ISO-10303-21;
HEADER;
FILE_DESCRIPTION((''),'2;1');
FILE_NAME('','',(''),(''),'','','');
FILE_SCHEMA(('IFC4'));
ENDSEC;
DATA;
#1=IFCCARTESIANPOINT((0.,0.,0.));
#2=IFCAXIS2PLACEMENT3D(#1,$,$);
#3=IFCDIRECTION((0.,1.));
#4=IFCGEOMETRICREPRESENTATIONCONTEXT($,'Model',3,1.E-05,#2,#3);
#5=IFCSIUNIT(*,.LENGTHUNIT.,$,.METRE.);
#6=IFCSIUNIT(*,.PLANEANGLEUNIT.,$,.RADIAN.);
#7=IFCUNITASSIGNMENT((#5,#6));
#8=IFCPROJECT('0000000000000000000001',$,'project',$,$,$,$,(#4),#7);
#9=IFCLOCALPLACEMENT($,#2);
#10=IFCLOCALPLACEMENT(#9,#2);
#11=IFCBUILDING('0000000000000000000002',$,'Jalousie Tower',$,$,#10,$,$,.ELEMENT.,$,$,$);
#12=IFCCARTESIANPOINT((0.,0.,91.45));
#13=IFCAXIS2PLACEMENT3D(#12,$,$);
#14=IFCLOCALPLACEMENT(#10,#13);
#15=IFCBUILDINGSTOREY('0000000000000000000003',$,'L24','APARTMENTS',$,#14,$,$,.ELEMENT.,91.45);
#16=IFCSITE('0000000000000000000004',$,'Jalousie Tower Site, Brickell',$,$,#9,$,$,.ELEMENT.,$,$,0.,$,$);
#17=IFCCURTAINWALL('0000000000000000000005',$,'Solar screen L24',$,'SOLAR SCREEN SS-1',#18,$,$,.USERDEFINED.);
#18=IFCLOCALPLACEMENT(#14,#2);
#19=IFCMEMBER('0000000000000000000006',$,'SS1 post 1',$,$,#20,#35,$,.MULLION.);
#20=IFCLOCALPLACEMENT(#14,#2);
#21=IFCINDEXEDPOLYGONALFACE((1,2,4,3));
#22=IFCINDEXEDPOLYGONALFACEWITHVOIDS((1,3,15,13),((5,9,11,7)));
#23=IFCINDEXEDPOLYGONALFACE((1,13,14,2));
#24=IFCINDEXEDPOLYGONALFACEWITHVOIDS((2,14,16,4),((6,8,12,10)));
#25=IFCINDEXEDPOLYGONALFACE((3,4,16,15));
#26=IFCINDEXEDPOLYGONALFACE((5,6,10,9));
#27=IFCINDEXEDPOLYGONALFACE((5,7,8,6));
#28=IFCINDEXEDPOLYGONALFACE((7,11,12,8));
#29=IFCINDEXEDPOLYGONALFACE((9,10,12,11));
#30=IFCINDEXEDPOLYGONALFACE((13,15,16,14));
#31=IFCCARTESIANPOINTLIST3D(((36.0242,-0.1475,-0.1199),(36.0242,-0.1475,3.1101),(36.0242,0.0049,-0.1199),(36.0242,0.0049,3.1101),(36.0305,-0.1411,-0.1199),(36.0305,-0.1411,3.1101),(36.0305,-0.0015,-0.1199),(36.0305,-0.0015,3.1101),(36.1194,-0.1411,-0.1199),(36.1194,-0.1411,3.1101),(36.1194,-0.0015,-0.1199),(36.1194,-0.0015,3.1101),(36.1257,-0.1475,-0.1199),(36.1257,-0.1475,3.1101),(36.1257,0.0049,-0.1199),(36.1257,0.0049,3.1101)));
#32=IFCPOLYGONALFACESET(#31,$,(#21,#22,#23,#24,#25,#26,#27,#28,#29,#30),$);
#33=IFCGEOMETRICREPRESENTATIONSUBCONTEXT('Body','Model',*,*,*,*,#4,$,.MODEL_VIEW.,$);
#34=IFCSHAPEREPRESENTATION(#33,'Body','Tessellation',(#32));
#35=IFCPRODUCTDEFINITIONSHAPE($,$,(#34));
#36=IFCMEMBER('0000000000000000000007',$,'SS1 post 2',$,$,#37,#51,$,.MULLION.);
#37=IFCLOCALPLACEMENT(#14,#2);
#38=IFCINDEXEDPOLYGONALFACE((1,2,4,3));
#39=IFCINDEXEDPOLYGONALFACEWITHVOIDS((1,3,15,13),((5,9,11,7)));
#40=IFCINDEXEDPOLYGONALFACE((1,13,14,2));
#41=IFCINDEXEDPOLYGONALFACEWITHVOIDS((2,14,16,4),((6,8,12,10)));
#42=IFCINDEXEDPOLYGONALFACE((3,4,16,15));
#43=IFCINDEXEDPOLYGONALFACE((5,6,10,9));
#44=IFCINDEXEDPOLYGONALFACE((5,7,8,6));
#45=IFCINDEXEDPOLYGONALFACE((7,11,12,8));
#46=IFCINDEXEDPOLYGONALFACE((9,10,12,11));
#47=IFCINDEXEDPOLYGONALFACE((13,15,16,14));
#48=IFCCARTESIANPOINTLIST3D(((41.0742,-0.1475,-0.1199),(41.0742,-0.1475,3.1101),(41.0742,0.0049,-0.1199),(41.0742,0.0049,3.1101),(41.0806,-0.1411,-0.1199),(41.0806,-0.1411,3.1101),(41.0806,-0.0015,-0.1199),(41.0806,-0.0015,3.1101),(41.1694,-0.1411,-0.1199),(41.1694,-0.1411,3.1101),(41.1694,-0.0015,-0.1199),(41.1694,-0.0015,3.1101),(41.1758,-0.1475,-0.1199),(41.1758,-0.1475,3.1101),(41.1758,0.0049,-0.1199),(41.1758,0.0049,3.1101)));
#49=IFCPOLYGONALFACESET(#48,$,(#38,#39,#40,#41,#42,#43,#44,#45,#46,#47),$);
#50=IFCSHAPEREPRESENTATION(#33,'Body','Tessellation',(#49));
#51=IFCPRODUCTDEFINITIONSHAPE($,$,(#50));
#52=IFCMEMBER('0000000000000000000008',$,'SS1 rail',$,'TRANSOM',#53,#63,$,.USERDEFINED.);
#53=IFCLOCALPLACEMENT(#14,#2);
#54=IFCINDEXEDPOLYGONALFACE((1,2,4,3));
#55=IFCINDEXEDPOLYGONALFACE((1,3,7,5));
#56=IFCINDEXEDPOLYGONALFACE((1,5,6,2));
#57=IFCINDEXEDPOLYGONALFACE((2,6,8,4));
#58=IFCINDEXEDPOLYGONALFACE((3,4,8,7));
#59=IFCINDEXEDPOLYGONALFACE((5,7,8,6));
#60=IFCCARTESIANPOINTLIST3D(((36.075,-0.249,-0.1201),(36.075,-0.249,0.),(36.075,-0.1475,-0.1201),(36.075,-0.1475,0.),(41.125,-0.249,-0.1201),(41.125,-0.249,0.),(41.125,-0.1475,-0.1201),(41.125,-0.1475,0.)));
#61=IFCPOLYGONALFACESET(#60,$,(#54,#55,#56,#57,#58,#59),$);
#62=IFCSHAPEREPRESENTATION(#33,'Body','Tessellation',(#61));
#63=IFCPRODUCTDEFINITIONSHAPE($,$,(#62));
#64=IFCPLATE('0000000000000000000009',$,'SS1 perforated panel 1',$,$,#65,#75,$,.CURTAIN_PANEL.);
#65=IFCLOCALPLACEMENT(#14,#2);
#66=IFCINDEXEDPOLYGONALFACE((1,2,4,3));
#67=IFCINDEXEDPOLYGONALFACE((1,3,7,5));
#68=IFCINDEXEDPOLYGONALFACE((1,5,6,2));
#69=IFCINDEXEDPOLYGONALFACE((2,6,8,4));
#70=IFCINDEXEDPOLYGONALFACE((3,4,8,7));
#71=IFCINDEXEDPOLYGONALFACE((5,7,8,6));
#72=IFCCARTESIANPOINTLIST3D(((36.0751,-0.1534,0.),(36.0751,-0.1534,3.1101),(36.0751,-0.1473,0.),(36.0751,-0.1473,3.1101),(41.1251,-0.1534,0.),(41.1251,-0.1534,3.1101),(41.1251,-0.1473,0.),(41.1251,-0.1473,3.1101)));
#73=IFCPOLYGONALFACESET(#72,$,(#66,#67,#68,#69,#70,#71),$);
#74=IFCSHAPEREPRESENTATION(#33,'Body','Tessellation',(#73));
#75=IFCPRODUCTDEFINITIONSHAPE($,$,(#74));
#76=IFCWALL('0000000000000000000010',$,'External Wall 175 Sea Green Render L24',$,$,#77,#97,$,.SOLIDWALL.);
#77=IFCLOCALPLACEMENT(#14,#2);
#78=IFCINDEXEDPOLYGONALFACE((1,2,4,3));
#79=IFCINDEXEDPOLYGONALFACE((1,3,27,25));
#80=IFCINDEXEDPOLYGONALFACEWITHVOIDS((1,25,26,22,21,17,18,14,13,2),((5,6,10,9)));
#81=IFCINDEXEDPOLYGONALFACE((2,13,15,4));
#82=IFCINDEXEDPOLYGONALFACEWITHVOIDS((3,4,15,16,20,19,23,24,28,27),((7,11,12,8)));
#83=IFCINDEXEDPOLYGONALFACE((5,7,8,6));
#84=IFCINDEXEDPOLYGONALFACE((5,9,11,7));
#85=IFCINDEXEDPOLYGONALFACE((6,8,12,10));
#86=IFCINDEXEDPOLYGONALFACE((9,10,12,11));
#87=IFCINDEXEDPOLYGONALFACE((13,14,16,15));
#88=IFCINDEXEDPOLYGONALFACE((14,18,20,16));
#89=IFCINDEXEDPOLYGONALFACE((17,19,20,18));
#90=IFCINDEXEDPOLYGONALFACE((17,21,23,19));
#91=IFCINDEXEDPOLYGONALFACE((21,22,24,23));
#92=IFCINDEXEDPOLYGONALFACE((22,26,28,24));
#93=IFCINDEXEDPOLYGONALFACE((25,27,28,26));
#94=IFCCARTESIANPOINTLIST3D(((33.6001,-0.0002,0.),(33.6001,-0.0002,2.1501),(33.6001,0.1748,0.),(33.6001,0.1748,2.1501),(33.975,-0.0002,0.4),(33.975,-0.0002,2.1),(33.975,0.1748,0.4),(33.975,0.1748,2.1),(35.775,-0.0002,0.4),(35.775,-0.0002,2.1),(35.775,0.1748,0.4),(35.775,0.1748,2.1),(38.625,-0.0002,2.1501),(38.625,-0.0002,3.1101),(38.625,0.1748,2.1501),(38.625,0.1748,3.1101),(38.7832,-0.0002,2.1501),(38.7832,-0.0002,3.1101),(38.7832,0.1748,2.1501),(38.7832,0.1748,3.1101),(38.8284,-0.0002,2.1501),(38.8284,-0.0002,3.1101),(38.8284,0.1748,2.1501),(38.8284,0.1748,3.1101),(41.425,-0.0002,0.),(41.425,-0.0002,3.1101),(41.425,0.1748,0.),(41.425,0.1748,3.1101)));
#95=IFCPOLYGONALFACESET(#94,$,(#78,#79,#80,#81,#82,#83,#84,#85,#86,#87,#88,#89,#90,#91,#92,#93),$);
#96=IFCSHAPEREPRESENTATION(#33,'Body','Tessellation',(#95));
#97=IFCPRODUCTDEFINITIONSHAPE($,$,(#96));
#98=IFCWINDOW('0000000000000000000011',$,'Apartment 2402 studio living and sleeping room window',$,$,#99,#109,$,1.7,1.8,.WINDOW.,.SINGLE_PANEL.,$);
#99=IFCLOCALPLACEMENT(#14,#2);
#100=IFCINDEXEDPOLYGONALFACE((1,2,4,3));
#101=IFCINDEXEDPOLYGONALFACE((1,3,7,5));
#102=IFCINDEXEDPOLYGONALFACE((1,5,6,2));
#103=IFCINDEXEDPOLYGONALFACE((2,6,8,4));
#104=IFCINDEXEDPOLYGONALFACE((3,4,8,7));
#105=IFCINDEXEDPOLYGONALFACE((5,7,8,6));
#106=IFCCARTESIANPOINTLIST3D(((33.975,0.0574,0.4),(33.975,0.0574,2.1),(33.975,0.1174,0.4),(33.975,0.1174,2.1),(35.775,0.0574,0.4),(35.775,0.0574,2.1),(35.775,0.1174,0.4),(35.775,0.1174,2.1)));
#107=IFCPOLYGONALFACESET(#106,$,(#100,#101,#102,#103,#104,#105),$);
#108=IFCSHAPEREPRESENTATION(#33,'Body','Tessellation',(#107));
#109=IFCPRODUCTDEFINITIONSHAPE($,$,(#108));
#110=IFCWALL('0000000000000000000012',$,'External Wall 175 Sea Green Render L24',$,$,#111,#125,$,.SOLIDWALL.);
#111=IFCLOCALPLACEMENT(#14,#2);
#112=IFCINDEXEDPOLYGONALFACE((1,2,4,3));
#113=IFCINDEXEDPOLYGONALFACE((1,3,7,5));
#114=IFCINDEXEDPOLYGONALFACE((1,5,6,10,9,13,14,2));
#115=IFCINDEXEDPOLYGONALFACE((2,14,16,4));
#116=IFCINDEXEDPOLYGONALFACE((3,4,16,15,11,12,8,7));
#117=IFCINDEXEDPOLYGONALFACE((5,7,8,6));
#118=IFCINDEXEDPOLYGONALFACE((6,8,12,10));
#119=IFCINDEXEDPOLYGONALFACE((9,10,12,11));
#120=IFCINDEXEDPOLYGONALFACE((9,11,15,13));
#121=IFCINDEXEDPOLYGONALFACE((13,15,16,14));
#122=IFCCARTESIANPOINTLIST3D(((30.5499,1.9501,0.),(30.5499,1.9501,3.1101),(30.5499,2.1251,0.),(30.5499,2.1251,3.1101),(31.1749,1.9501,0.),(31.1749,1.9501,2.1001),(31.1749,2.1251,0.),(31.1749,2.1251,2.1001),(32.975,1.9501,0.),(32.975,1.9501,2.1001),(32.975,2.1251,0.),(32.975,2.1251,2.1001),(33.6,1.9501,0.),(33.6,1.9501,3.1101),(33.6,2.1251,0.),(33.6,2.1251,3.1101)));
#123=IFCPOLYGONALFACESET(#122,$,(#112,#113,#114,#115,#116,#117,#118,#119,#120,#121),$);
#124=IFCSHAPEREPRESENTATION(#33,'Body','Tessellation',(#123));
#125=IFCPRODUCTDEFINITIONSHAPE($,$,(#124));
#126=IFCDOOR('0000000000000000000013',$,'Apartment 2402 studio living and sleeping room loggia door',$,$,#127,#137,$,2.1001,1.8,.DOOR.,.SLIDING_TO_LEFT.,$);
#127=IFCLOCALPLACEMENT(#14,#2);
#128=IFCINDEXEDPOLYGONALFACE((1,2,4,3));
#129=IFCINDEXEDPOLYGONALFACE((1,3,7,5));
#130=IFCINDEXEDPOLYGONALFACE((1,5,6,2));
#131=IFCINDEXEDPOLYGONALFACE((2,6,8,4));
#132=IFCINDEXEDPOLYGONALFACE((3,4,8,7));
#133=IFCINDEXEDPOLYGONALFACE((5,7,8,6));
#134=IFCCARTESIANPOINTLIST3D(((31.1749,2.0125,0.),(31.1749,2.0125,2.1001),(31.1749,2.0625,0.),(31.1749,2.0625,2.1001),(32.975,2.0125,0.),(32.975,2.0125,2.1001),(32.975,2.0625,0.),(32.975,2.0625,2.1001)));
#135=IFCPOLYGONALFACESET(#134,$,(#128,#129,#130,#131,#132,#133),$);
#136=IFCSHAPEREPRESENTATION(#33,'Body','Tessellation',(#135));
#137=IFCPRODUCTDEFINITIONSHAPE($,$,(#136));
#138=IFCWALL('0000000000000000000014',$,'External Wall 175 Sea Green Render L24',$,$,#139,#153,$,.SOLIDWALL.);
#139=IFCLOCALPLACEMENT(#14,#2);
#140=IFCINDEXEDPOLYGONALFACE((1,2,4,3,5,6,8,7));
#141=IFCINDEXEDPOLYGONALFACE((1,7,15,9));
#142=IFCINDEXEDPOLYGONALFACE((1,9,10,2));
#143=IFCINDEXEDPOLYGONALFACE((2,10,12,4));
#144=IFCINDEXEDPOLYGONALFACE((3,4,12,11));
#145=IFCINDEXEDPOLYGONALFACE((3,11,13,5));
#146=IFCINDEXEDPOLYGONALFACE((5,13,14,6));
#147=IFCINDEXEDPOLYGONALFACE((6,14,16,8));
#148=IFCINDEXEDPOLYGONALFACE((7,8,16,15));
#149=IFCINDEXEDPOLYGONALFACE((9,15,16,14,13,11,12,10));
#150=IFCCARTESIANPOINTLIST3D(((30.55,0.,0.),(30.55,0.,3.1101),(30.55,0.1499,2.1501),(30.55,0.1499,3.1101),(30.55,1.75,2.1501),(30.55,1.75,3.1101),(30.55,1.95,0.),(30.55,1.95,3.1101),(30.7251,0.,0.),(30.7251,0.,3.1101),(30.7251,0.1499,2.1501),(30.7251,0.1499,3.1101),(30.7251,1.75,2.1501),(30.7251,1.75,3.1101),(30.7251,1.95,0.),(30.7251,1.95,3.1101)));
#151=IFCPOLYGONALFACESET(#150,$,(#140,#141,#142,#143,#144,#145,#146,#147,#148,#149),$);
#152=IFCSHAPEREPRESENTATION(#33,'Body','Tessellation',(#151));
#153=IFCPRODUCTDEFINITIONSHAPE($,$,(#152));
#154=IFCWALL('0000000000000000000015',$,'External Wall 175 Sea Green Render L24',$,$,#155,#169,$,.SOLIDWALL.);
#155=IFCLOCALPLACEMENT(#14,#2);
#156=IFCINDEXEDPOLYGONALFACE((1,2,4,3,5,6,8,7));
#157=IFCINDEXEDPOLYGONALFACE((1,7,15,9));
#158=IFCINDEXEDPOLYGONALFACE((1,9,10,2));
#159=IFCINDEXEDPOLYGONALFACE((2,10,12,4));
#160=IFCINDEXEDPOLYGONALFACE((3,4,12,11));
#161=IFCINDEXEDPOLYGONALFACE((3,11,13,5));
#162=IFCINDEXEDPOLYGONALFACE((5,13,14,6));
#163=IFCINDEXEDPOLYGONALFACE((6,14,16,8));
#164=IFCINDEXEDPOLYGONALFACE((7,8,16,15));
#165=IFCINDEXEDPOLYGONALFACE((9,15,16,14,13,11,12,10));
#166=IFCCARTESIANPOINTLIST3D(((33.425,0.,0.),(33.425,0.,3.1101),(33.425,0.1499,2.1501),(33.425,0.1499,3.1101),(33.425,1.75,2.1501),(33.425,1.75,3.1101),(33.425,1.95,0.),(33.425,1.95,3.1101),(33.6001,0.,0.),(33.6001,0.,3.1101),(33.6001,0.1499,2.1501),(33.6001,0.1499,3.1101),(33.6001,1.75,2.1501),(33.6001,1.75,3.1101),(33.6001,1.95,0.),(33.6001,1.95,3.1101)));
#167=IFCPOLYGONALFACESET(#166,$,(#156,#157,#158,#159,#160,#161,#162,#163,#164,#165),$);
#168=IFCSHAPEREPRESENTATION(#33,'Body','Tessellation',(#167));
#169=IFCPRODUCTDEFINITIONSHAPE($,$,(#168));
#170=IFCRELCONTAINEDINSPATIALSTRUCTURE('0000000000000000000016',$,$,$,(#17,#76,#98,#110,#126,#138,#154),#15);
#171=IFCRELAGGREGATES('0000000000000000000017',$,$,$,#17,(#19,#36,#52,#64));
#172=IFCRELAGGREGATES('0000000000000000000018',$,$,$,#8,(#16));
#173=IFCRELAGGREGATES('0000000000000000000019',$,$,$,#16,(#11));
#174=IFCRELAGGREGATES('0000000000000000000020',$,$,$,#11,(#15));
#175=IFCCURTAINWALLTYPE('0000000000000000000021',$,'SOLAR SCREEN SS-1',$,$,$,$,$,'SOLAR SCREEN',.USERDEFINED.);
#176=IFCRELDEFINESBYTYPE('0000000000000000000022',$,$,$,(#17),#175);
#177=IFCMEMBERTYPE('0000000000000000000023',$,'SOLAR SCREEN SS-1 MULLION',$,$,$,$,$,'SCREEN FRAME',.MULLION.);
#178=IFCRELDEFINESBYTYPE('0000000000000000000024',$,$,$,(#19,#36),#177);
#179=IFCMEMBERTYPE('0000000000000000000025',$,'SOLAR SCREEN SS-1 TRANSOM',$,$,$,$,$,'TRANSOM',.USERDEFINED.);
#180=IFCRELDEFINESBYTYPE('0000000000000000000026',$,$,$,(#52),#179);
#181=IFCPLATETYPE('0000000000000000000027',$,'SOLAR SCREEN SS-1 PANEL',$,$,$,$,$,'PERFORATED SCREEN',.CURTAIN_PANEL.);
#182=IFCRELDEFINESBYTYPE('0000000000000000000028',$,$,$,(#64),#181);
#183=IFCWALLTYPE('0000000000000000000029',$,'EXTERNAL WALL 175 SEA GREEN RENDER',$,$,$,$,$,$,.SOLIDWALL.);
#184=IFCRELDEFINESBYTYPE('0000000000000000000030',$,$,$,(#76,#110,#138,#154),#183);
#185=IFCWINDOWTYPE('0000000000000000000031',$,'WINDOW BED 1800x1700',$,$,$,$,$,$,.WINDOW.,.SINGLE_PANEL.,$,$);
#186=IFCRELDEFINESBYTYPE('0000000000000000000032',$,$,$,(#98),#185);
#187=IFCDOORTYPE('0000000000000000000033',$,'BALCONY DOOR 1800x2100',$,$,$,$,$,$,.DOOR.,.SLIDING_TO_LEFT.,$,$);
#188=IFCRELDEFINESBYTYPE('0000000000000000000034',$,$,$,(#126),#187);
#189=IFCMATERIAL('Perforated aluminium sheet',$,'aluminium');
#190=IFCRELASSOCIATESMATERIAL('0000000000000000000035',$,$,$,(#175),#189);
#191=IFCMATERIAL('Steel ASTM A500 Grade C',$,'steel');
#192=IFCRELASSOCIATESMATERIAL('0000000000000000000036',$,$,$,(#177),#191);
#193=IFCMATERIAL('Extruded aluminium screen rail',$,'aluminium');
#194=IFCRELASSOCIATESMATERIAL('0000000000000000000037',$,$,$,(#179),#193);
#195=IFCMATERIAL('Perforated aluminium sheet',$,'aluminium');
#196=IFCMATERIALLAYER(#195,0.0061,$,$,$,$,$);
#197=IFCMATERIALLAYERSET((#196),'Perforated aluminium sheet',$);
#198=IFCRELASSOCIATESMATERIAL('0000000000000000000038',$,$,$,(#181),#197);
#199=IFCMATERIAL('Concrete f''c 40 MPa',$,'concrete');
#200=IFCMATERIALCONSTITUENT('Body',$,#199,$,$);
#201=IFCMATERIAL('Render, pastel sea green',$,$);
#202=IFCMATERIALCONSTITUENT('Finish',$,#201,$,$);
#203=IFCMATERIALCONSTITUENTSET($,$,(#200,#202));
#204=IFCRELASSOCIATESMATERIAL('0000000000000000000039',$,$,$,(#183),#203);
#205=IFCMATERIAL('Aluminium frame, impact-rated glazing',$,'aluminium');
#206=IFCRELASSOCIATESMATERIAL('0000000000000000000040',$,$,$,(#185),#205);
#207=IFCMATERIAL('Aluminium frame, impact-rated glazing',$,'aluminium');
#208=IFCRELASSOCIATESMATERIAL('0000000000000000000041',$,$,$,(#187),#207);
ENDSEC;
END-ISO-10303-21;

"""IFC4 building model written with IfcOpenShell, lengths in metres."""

from ifc_helpers import new_model, si_unit, direction, frame, frame_2d, origin, origin_2d, place, context, subcontext, project, spatial, polyline, rectangle, hollow_rectangle, outline, extrude, material, layer, layer_set, constituent, constituent_set, material_profile, profile_set, type_object, element, fill, aggregate, save


model = new_model("IFC4")

# Units and contexts
model_context = context("Model", 3, precision=1e-05, world=origin(), true_north=direction((0.0, 1.0)))
body_context = subcontext(model_context, "Body", "Model", "MODEL_VIEW")
ifc_project = project(units=[si_unit("LENGTHUNIT", "METRE"), si_unit("PLANEANGLEUNIT", "RADIAN")], contexts=[model_context])

# Site, building, storey
site_placement = place(None, origin())
site = spatial("IfcSite", under=ifc_project, at=site_placement, Name="Jalousie Tower Site, Brickell", CompositionType="ELEMENT", RefElevation=0.0)
building_placement = place(site_placement, origin())
building = spatial("IfcBuilding", under=site, at=building_placement, Name="Jalousie Tower", CompositionType="ELEMENT")
storey_placement = place(building_placement, frame((0.0, 0.0, 91.45)))
storey = spatial("IfcBuildingStorey", under=building, at=storey_placement, Name="L24", Description="APARTMENTS", CompositionType="ELEMENT", Elevation=91.45)

# Shared definitions
ifc_material_1 = material(Name="Perforated aluminium sheet", Category="aluminium")
curtain_wall_type = type_object("IfcCurtainWallType", Name="SOLAR SCREEN SS-1", ElementType="SOLAR SCREEN", PredefinedType="USERDEFINED", material=ifc_material_1)
ifc_material_2 = material(Name="Steel ASTM A500 Grade C", Category="steel")
ifc_material_profile_1 = material_profile(ifc_material_2, hollow_rectangle(XDim=0.1016, YDim=0.1523, WallThickness=0.0063, at=origin_2d()), Name="HSS6X4X1/4")
ifc_profile_set_1 = profile_set([ifc_material_profile_1], Name="Steel ASTM A500 Grade C")
member_type_1 = type_object("IfcMemberType", Name="SOLAR SCREEN SS-1 MULLION", ElementType="SCREEN FRAME", PredefinedType="MULLION", material=ifc_profile_set_1)

# Curtain wall, members, plate
curtain_wall_1_placement = place(storey_placement, origin())
curtain_wall_1 = element("IfcCurtainWall", 1, at=curtain_wall_1_placement, inside=storey, type_object=curtain_wall_type, Name="Solar screen L24", ObjectType="SOLAR SCREEN SS-1", PredefinedType="USERDEFINED")
member_1_placement = place(storey_placement, frame((36.075, -0.0713, -0.1199), z_axis=(0.0, 0.0, 1.0), x_axis=(1.0, 0.0, 0.0)))
member_1 = element("IfcMember", 2, at=member_1_placement, type_object=member_type_1, Name="SS1 post 1", PredefinedType="MULLION", context=body_context, shape_type="SweptSolid", body=[
    extrude(hollow_rectangle(XDim=0.1016, YDim=0.1523, WallThickness=0.0063, at=origin_2d()), origin(), (0.0, 0.0, 1.0), 3.23),
])
member_2_placement = place(storey_placement, frame((41.125, -0.0713, -0.1199), z_axis=(0.0, 0.0, 1.0), x_axis=(1.0, 0.0, 0.0)))
member_2 = element("IfcMember", 3, at=member_2_placement, type_object=member_type_1, Name="SS1 post 2", PredefinedType="MULLION", context=body_context, shape_type="SweptSolid", body=[
    extrude(hollow_rectangle(XDim=0.1016, YDim=0.1523, WallThickness=0.0063, at=origin_2d()), origin(), (0.0, 0.0, 1.0), 3.23),
])
ifc_material_3 = material(Name="Extruded aluminium screen rail", Category="aluminium")
ifc_material_profile_2 = material_profile(ifc_material_3, rectangle(XDim=0.1016, YDim=0.1201, at=origin_2d()), Name="RAIL 102x120")
ifc_profile_set_2 = profile_set([ifc_material_profile_2], Name="Extruded aluminium screen rail")
member_type_2 = type_object("IfcMemberType", Name="SOLAR SCREEN SS-1 TRANSOM", ElementType="TRANSOM", PredefinedType="USERDEFINED", material=ifc_profile_set_2)
member_3_placement = place(storey_placement, frame((36.075, -0.1982, -0.0601), z_axis=(1.0, 0.0, 0.0), x_axis=(0.0, 1.0, 0.0)))
member_3 = element("IfcMember", 4, at=member_3_placement, type_object=member_type_2, Name="SS1 rail", ObjectType="TRANSOM", PredefinedType="USERDEFINED", context=body_context, shape_type="SweptSolid", body=[
    extrude(rectangle(XDim=0.1016, YDim=0.1201, at=origin_2d()), origin(), (0.0, 0.0, 1.0), 5.05),
])
ifc_material_4 = material(Name="Perforated aluminium sheet", Category="aluminium")
ifc_layer_1 = layer(ifc_material_4, 0.0061)
ifc_layer_set_1 = layer_set([ifc_layer_1], Name="Perforated aluminium sheet")
plate_type = type_object("IfcPlateType", Name="SOLAR SCREEN SS-1 PANEL", ElementType="PERFORATED SCREEN", PredefinedType="CURTAIN_PANEL", material=ifc_layer_set_1)
plate_placement = place(storey_placement, frame((38.6001, -0.1504, 0.0), z_axis=(0.0, 0.0, 1.0), x_axis=(1.0, 0.0, 0.0)))
plate = element("IfcPlate", 5, at=plate_placement, type_object=plate_type, Name="SS1 perforated panel 1", PredefinedType="CURTAIN_PANEL", context=body_context, shape_type="SweptSolid", body=[
    extrude(rectangle(XDim=5.05, YDim=0.0061, at=origin_2d()), origin(), (0.0, 0.0, 1.0), 3.1101),
])
aggregate(curtain_wall_1, [member_1, member_2, member_3, plate])

# Wall, opening, window
ifc_material_5 = material(Name="Concrete f'c 40 MPa", Category="concrete")
ifc_constituent_1 = constituent(ifc_material_5, Name="Body")
ifc_material_6 = material(Name="Render, pastel sea green")
ifc_constituent_2 = constituent(ifc_material_6, Name="Finish")
ifc_constituent_set_1 = constituent_set(constituents=[ifc_constituent_1, ifc_constituent_2])
wall_type_1 = type_object("IfcWallType", Name="EXTERNAL WALL 175 SEA GREEN RENDER", PredefinedType="SOLIDWALL", material=ifc_constituent_set_1)
wall_1_placement = place(storey_placement, frame((33.6001, 0.0874, 0.0), z_axis=(0.0, 0.0, 1.0), x_axis=(1.0, 0.0, 0.0)))
wall_1 = element("IfcWall", 6, at=wall_1_placement, inside=storey, type_object=wall_type_1, Name="External Wall 175 Sea Green Render L24", PredefinedType="SOLIDWALL", context=body_context, shape_type="SweptSolid", body=[
    extrude(outline(polyline([(0.0, 0.0), (7.825, 0.0), (7.825, 3.1101), (5.2283, 3.1101), (5.2283, 2.1501), (5.1831, 2.1501), (5.1831, 3.1101), (5.0249, 3.1101), (5.0249, 2.1501), (0.0, 2.1501), (0.0, 0.0)])), frame((0.0, 0.0874, 0.0), z_axis=(0.0, -1.0, 0.0), x_axis=(1.0, 0.0, 0.0)), (0.0, 0.0, 1.0), 0.175),
])
opening_1_placement = place(wall_1_placement, frame((0.375, 0.0, 0.3999)))
opening_1 = element("IfcOpeningElement", 7, at=opening_1_placement, cuts=wall_1, PredefinedType="OPENING", context=body_context, shape_type="SweptSolid", body=[
    extrude(rectangle(XDim=1.8, YDim=1.7, at=frame_2d((0.8999, 0.8501))), frame((0.0, 0.0974, 0.0), z_axis=(0.0, -1.0, 0.0), x_axis=(1.0, 0.0, 0.0)), (0.0, 0.0, 1.0), 0.1951),
])
ifc_material_7 = material(Name="Aluminium frame, impact-rated glazing", Category="aluminium")
window_type = type_object("IfcWindowType", Name="WINDOW BED 1800x1700", PartitioningType="SINGLE_PANEL", PredefinedType="WINDOW", material=ifc_material_7)
window_placement = place(opening_1_placement, origin())
window = element("IfcWindow", 8, at=window_placement, inside=storey, type_object=window_type, Name="Apartment 2402 studio living and sleeping room window", OverallHeight=1.7, OverallWidth=1.8, PartitioningType="SINGLE_PANEL", PredefinedType="WINDOW", context=body_context, shape_type="SweptSolid", body=[
    extrude(rectangle(XDim=1.8, YDim=1.7, at=frame_2d((0.8999, 0.8501))), frame((0.0, 0.03, 0.0), z_axis=(0.0, -1.0, 0.0), x_axis=(1.0, 0.0, 0.0)), (0.0, 0.0, 1.0), 0.0601),
])
fill(opening_1, window)

# Wall, opening, door
wall_2_placement = place(storey_placement, frame((30.55, 2.0376, 0.0), z_axis=(0.0, 0.0, 1.0), x_axis=(1.0, 0.0, 0.0)))
wall_2 = element("IfcWall", 9, at=wall_2_placement, inside=storey, type_object=wall_type_1, Name="External Wall 175 Sea Green Render L24", PredefinedType="SOLIDWALL", context=body_context, shape_type="SweptSolid", body=[
    extrude(rectangle(XDim=3.05, YDim=0.175, at=frame_2d((1.5249, 0.0))), origin(), (0.0, 0.0, 1.0), 3.1101),
])
opening_2_placement = place(wall_2_placement, frame((0.625, 0.0, 0.0)))
opening_2 = element("IfcOpeningElement", 10, at=opening_2_placement, cuts=wall_2, PredefinedType="OPENING", context=body_context, shape_type="SweptSolid", body=[
    extrude(rectangle(XDim=1.8, YDim=2.1001, at=frame_2d((0.8999, 1.05))), frame((0.0, 0.0974, 0.0), z_axis=(0.0, -1.0, 0.0), x_axis=(1.0, 0.0, 0.0)), (0.0, 0.0, 1.0), 0.1951),
])
ifc_material_8 = material(Name="Aluminium frame, impact-rated glazing", Category="aluminium")
door_type_1 = type_object("IfcDoorType", Name="BALCONY DOOR 1800x2100", OperationType="SLIDING_TO_LEFT", PredefinedType="DOOR", material=ifc_material_8)
door_1_placement = place(opening_2_placement, origin())
door_1 = element("IfcDoor", 11, at=door_1_placement, inside=storey, type_object=door_type_1, Name="Apartment 2402 studio living and sleeping room loggia door", OperationType="SLIDING_TO_LEFT", OverallHeight=2.1001, OverallWidth=1.8, PredefinedType="DOOR", context=body_context, shape_type="SweptSolid", body=[
    extrude(rectangle(XDim=1.8, YDim=2.1001, at=frame_2d((0.8999, 1.05))), frame((0.0, 0.0249, 0.0), z_axis=(0.0, -1.0, 0.0), x_axis=(1.0, 0.0, 0.0)), (0.0, 0.0, 1.0), 0.05),
])
fill(opening_2, door_1)

# Walls
for number, where, z_axis, x_axis, name in (
    (12, (30.6375, 0.0, 0.0), (0.0, 0.0, 1.0), (0.0, 1.0, 0.0), "External Wall 175 Sea Green Render L24"),
    (13, (33.5125, 0.0, 0.0), (0.0, 0.0, 1.0), (0.0, 1.0, 0.0), "External Wall 175 Sea Green Render L24"),
):
    element("IfcWall", number, at=place(storey_placement, frame(where, z_axis=z_axis, x_axis=x_axis)), inside=storey, type_object=wall_type_1, Name=name, PredefinedType="SOLIDWALL", context=body_context, shape_type="SweptSolid", body=[
        extrude(outline(polyline([(0.0, 0.0), (1.95, 0.0), (1.95, 3.1101), (1.75, 3.1101), (1.75, 2.1501), (0.1499, 2.1501), (0.1499, 3.1101), (0.0, 3.1101), (0.0, 0.0)])), frame((0.0, 0.0874, 0.0), z_axis=(0.0, -1.0, 0.0), x_axis=(1.0, 0.0, 0.0)), (0.0, 0.0, 1.0), 0.175),
    ])

save(model, "model.ifc")
